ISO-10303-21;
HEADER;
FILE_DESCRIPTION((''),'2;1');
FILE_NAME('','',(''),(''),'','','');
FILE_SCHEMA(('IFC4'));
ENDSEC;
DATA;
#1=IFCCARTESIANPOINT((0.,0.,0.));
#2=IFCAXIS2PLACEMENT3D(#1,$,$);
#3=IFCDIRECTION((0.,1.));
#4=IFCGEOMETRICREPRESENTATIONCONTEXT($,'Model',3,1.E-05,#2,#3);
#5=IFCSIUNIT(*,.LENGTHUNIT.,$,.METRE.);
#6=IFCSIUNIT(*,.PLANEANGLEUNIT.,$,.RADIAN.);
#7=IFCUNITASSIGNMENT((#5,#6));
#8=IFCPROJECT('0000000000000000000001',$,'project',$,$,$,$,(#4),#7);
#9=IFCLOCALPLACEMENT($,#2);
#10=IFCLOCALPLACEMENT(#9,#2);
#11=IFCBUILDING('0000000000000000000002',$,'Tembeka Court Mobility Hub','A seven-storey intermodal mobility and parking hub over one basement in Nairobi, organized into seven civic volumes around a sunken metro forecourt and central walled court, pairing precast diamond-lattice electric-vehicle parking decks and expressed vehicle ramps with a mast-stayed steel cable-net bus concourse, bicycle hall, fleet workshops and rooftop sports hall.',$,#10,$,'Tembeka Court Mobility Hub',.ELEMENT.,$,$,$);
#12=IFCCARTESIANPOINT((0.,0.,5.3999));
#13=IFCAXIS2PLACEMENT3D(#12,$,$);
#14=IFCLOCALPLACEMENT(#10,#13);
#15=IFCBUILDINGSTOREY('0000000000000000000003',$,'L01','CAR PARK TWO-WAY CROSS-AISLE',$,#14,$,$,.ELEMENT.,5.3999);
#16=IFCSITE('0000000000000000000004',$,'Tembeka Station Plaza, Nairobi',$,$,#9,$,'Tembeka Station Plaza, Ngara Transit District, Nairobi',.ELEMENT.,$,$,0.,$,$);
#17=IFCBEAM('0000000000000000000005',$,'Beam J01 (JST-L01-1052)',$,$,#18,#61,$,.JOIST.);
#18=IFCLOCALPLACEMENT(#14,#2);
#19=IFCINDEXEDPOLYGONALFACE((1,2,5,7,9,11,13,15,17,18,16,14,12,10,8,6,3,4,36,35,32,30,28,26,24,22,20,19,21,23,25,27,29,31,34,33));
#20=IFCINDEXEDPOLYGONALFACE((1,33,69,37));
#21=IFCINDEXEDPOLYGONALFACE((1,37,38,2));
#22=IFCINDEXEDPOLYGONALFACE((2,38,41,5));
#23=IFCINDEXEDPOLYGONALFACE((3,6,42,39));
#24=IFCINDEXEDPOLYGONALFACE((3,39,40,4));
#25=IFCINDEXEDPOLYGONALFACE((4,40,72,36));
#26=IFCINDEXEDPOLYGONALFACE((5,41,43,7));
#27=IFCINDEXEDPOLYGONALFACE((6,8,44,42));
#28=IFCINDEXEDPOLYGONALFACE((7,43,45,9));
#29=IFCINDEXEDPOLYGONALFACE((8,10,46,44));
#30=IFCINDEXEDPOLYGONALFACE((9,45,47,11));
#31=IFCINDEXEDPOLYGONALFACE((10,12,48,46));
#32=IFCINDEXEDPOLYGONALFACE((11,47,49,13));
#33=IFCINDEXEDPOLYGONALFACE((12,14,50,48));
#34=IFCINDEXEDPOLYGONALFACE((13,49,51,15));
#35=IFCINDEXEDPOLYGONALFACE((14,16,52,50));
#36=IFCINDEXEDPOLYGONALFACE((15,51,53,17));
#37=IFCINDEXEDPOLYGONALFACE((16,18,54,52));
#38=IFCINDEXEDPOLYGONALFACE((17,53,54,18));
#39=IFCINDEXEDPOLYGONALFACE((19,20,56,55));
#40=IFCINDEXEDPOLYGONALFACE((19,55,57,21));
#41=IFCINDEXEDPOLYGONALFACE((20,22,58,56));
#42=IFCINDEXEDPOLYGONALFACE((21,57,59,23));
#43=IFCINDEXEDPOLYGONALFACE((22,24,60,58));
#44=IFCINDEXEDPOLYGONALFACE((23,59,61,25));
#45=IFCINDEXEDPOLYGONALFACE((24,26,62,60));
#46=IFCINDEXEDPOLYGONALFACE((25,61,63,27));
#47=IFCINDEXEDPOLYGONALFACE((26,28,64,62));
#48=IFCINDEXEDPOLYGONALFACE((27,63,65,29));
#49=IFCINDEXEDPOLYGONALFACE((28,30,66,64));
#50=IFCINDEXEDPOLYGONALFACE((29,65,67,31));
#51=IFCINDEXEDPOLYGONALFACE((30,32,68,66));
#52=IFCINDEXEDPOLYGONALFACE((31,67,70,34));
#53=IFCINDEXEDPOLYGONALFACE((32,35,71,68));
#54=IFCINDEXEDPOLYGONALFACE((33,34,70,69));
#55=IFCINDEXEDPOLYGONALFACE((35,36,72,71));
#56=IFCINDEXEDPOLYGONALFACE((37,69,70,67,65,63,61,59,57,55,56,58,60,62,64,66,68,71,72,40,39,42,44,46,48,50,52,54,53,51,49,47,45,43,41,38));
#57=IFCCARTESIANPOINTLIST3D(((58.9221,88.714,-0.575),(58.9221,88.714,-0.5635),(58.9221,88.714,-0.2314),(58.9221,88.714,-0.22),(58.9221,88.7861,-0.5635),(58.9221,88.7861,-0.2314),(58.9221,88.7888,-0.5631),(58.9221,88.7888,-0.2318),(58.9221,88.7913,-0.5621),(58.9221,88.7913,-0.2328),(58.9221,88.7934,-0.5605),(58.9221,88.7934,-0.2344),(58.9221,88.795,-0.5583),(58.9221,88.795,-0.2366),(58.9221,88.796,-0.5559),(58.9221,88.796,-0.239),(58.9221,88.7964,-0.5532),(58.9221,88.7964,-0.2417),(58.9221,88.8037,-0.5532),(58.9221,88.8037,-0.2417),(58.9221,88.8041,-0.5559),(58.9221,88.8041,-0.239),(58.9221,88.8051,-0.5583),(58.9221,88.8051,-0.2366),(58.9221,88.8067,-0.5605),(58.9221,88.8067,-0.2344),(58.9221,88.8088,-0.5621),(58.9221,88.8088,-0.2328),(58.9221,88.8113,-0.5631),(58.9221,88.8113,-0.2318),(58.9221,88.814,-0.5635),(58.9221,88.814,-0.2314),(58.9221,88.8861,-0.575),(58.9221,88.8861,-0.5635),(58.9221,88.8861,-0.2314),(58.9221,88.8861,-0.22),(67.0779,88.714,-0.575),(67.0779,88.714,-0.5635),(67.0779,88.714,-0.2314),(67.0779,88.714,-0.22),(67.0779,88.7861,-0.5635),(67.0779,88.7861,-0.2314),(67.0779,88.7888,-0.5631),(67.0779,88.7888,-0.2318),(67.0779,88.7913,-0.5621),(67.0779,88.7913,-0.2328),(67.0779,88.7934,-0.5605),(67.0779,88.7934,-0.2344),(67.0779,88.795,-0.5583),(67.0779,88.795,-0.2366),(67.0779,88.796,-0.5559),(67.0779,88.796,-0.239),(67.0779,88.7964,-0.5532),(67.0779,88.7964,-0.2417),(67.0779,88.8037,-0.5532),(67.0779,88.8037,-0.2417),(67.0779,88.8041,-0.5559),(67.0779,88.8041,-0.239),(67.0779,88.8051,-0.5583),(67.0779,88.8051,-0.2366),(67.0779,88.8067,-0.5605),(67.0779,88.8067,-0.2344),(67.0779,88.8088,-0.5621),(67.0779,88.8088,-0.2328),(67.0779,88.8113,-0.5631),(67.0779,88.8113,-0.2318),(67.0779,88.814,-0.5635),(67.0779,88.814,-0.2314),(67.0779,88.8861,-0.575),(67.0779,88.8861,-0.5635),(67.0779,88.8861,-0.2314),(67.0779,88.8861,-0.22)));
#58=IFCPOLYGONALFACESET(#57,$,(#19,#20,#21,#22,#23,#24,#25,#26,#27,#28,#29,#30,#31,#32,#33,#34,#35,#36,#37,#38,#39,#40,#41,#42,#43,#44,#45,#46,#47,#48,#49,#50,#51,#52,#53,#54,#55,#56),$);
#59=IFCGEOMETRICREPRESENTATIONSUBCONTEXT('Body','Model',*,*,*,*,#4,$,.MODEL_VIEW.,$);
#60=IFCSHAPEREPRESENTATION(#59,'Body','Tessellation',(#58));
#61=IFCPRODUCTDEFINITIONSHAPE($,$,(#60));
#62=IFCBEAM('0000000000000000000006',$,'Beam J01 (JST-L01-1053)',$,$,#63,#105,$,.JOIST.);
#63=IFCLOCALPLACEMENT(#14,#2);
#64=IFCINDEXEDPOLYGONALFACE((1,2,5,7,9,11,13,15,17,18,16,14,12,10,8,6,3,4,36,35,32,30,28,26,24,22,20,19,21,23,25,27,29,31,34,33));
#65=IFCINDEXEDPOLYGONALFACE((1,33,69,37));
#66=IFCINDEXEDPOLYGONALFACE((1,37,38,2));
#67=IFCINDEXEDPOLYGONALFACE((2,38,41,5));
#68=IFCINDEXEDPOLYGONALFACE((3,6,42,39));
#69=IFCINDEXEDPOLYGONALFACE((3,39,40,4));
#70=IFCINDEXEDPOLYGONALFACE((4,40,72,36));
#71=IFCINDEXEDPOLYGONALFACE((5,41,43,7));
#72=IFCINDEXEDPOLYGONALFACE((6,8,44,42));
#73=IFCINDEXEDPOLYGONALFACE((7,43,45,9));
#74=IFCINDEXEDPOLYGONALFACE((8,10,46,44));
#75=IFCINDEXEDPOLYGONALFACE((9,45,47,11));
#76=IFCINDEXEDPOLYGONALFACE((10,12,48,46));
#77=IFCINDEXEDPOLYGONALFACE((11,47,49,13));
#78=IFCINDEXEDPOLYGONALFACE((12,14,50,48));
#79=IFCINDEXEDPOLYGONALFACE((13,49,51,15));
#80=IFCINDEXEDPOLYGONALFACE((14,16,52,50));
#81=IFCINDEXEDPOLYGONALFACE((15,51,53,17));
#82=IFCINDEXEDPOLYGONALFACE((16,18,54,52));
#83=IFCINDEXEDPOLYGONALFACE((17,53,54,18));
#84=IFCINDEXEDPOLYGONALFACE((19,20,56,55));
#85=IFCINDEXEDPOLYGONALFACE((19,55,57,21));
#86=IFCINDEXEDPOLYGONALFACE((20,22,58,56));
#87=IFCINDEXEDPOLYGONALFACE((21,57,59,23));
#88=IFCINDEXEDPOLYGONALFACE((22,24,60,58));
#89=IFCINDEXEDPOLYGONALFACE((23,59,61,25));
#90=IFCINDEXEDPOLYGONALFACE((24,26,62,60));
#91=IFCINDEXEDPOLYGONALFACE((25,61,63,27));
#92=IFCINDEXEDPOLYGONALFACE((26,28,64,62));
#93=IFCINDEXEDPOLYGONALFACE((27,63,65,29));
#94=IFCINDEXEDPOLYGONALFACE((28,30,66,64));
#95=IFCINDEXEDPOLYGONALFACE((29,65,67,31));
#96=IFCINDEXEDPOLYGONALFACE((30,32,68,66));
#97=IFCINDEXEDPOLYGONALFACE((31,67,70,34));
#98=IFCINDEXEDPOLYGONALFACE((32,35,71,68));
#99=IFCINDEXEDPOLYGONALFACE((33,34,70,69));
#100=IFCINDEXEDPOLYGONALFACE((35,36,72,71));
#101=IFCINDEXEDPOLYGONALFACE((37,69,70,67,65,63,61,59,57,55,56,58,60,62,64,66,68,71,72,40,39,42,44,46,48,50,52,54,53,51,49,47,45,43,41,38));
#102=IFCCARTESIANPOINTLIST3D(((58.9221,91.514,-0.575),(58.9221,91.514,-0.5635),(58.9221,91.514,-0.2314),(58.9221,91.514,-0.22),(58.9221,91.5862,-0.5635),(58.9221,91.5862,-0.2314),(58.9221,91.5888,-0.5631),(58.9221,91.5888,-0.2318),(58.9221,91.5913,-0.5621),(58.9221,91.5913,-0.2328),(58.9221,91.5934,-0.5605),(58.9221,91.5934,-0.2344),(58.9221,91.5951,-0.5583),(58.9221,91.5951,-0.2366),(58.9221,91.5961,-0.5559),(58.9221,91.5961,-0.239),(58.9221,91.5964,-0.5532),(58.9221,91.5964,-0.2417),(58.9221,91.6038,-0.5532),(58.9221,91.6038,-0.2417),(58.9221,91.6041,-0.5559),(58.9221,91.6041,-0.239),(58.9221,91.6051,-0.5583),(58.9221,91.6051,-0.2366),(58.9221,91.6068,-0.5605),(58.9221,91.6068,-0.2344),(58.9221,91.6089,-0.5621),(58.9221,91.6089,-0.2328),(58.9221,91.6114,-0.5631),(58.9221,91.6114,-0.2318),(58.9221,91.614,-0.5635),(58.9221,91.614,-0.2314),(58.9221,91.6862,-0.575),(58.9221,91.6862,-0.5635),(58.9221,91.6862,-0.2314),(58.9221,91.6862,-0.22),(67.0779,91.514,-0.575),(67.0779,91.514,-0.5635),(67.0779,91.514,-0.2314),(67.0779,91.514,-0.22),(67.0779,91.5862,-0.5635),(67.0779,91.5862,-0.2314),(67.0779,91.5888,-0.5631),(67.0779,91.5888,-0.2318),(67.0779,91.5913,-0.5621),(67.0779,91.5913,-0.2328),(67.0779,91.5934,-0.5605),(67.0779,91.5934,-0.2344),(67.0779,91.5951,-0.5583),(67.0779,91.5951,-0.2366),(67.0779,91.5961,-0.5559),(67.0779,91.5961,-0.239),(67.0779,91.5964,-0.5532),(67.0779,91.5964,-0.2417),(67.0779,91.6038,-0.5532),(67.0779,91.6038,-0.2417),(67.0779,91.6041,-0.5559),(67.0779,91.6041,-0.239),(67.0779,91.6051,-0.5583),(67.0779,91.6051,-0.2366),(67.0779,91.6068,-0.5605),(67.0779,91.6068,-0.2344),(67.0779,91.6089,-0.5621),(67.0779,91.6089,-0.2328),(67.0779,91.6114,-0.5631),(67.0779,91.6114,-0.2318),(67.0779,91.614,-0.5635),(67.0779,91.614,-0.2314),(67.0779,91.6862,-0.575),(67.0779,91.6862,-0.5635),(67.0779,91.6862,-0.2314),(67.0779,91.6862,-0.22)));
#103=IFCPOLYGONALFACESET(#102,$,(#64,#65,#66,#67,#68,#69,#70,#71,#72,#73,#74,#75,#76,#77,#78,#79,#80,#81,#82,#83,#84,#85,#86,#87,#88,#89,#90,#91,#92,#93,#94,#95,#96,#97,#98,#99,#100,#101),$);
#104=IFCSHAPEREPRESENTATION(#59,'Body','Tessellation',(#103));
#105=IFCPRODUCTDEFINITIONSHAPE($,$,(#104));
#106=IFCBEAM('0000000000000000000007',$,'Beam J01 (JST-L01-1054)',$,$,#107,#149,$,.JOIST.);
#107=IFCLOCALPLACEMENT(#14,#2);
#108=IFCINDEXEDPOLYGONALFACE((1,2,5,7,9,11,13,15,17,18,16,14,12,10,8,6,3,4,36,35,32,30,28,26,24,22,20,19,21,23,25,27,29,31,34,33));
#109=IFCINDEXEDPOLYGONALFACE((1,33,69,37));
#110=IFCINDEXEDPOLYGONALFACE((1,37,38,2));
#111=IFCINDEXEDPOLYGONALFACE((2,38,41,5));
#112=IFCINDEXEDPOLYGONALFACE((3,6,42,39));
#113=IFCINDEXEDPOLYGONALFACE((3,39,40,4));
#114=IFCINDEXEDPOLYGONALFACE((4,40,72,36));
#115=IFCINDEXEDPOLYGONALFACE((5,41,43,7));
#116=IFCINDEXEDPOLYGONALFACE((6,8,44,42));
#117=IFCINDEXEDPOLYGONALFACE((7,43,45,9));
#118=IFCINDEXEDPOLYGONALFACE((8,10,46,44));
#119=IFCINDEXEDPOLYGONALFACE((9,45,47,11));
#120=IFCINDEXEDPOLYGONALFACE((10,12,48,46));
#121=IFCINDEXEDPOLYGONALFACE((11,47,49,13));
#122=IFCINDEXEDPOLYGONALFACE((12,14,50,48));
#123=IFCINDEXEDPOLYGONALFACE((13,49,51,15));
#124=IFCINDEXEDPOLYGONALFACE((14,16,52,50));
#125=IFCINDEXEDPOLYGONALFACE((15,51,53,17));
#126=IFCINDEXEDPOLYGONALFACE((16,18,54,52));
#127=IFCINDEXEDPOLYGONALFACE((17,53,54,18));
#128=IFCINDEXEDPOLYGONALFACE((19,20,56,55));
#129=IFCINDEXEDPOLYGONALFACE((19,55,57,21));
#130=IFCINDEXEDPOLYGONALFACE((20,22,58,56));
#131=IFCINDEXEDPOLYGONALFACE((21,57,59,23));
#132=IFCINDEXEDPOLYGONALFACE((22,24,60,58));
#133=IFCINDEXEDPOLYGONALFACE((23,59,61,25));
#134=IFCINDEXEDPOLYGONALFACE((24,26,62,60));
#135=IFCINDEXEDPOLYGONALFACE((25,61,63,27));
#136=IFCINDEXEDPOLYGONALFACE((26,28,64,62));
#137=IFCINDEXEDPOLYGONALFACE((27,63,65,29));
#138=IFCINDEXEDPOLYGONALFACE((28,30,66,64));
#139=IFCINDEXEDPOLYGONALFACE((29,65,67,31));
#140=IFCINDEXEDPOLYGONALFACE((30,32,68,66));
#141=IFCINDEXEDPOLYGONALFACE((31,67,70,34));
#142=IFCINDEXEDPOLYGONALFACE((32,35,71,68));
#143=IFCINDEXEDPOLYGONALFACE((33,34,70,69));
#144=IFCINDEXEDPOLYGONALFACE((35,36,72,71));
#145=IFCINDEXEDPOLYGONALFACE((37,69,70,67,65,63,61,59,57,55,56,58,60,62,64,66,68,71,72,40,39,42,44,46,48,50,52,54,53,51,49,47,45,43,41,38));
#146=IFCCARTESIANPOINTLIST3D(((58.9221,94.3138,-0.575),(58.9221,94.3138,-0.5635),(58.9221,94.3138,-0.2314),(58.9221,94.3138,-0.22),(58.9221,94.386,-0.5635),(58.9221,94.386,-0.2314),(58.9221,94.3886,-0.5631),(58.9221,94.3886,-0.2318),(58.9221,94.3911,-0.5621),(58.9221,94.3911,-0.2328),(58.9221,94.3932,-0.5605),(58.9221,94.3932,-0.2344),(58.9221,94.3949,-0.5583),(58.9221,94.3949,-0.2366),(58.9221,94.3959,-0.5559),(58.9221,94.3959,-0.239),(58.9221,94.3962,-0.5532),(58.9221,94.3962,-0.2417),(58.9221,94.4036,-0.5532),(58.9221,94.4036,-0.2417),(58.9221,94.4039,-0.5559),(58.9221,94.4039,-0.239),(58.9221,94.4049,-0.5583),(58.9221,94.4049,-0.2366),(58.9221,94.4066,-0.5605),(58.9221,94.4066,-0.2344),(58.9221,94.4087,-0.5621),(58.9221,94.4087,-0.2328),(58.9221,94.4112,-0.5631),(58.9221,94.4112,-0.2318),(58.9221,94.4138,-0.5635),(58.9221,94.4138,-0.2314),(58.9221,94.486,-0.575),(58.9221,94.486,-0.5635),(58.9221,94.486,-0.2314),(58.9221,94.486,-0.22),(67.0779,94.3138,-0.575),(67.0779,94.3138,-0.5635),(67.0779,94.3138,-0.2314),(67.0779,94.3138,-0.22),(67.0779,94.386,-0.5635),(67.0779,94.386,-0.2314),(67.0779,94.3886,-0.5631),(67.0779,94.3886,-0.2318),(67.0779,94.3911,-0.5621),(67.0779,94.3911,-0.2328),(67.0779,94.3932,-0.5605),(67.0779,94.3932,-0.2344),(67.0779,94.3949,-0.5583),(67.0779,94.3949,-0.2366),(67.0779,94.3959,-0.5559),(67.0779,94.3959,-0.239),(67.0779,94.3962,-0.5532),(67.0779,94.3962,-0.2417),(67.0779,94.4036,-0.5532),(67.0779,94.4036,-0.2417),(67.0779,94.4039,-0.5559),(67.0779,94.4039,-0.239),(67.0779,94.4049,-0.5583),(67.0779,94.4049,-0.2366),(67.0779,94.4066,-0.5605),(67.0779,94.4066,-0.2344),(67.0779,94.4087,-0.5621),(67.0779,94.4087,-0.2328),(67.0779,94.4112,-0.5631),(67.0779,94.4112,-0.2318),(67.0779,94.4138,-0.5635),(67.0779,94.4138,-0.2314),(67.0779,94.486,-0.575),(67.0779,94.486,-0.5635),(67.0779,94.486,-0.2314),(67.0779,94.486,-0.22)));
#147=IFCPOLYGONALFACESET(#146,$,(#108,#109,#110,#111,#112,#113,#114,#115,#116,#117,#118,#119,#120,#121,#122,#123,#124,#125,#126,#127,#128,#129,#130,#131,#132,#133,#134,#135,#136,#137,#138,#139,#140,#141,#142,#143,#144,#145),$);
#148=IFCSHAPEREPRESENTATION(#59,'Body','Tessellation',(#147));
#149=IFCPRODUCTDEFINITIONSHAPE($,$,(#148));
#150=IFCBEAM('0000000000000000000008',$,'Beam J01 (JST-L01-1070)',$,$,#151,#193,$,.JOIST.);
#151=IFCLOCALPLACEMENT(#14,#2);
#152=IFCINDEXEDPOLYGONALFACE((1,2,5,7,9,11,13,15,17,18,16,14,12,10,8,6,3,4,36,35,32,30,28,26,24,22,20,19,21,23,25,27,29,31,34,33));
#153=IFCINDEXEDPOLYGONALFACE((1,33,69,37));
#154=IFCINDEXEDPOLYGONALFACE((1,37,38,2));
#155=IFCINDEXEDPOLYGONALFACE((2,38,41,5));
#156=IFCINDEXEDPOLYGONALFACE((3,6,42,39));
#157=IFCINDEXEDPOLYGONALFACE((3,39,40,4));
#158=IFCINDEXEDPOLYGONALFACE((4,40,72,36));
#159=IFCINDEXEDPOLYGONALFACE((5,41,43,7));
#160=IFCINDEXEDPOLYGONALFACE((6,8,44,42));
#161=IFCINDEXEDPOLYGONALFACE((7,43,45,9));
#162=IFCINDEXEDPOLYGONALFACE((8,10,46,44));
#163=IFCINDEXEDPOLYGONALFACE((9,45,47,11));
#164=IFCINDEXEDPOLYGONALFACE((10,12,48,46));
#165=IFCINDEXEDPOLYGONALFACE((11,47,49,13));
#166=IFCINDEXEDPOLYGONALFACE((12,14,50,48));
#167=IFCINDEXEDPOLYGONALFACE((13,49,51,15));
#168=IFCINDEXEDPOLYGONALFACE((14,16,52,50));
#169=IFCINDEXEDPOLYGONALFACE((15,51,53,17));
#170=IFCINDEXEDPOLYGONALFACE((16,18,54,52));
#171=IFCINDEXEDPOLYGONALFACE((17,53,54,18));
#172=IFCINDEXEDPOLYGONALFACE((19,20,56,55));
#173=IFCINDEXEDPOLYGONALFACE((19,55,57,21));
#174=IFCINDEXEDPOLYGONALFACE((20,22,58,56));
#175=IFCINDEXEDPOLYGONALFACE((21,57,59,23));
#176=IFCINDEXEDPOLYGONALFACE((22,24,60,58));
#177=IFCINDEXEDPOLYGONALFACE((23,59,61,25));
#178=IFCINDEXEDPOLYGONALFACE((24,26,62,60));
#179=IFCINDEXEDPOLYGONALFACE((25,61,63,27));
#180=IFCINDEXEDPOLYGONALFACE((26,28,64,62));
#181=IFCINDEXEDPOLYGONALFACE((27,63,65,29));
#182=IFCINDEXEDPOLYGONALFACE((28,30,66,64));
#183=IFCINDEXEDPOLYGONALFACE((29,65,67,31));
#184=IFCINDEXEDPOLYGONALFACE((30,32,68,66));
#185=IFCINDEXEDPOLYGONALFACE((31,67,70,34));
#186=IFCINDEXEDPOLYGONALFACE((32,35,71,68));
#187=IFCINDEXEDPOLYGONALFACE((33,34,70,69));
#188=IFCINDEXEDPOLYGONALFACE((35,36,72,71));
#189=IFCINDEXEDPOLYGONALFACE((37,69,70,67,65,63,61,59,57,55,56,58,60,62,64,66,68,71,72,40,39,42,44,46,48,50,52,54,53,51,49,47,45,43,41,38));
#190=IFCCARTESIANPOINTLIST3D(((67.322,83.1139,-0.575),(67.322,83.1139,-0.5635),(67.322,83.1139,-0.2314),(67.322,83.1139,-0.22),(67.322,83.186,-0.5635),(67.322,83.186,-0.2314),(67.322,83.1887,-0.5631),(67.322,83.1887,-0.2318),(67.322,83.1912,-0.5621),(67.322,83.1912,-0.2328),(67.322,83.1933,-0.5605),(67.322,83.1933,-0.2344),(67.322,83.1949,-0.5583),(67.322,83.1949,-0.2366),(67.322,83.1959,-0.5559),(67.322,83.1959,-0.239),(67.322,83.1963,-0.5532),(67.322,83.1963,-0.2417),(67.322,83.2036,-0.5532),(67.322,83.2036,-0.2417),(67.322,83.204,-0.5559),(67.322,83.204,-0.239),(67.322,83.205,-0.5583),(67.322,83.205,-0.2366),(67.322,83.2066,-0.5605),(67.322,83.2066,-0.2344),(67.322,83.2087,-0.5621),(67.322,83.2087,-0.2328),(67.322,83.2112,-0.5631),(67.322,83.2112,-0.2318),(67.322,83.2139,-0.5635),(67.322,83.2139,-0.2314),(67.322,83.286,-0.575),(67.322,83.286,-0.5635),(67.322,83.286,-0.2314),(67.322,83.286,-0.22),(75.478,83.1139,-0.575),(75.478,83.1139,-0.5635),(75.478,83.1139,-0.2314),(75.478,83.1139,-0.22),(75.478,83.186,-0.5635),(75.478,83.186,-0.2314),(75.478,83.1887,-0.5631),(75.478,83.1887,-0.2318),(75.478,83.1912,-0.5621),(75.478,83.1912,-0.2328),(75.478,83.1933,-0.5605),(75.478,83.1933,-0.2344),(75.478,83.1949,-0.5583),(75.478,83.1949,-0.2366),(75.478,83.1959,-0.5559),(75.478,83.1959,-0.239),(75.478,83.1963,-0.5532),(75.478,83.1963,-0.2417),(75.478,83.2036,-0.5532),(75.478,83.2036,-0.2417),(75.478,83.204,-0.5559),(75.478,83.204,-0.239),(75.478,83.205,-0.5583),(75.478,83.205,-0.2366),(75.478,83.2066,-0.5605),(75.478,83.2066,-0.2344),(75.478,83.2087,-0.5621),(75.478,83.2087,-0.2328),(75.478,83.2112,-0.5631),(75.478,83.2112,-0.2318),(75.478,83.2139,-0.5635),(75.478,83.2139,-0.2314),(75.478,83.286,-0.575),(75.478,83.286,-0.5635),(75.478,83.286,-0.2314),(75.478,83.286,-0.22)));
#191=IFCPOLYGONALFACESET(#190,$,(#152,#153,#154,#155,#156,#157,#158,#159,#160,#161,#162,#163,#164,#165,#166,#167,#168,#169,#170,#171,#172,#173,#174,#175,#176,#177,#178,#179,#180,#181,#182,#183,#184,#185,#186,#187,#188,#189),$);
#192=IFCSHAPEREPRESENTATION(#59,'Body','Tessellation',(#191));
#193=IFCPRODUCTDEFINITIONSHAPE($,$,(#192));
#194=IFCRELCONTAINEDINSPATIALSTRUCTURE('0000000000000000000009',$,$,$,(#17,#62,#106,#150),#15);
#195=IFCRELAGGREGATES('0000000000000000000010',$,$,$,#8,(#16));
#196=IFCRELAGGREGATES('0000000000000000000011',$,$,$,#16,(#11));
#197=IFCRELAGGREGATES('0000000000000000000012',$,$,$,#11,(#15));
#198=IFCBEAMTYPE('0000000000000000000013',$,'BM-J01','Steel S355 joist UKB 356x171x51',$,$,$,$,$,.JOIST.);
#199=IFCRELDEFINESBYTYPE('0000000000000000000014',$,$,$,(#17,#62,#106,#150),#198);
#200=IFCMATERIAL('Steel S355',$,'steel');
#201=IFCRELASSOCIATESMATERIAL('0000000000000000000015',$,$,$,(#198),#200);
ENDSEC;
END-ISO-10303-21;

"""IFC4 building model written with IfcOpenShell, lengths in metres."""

from ifc_helpers import new_model, si_unit, direction, frame, origin, origin_2d, place, context, subcontext, project, spatial, i_section, extrude, material, material_profile, profile_set, type_object, element, save


model = new_model("IFC4")

# Units and contexts
model_context = context("Model", 3, precision=1e-05, world=origin(), true_north=direction((0.0, 1.0)))
body_context = subcontext(model_context, "Body", "Model", "MODEL_VIEW")
ifc_project = project(units=[si_unit("LENGTHUNIT", "METRE"), si_unit("PLANEANGLEUNIT", "RADIAN")], contexts=[model_context])

# Site, building, storey
site_placement = place(None, origin())
site = spatial("IfcSite", under=ifc_project, at=site_placement, Name="Tembeka Station Plaza, Nairobi", LongName="Tembeka Station Plaza, Ngara Transit District, Nairobi", CompositionType="ELEMENT", RefElevation=0.0)
building_placement = place(site_placement, origin())
building = spatial("IfcBuilding", under=site, at=building_placement, Name="Tembeka Court Mobility Hub", Description="A seven-storey intermodal mobility and parking hub over one basement in Nairobi, organized into seven civic volumes around a sunken metro forecourt and central walled court, pairing precast diamond-lattice electric-vehicle parking decks and expressed vehicle ramps with a mast-stayed steel cable-net bus concourse, bicycle hall, fleet workshops and rooftop sports hall.", LongName="Tembeka Court Mobility Hub", CompositionType="ELEMENT")
storey_placement = place(building_placement, frame((0.0, 0.0, 5.3999)))
storey = spatial("IfcBuildingStorey", under=building, at=storey_placement, Name="L01", Description="CAR PARK TWO-WAY CROSS-AISLE", CompositionType="ELEMENT", Elevation=5.3999)

# Shared definitions
ifc_material = material(Name="Steel S355", Category="steel")

# Beams
ifc_material_profile_1 = material_profile(ifc_material, i_section(OverallWidth=0.1721, OverallDepth=0.355, WebThickness=0.0073, FlangeThickness=0.0115, FilletRadius=0.0103, at=origin_2d()), Name="UKB 356x171x51")
ifc_profile_set_1 = profile_set([ifc_material_profile_1], Name="Steel S355")
beam_type_1 = type_object("IfcBeamType", Name="BM-J01", Description="Steel S355 joist UKB 356x171x51", PredefinedType="JOIST", material=ifc_profile_set_1)
for number, where, z_axis, x_axis, name in (
    (1, (58.9221, 88.8, -0.3975), (1.0, 0.0, 0.0), (0.0, 1.0, 0.0), "Beam J01 (JST-L01-1052)"),
    (2, (58.9221, 91.6001, -0.3975), (1.0, 0.0, 0.0), (0.0, 1.0, 0.0), "Beam J01 (JST-L01-1053)"),
    (3, (58.9221, 94.3999, -0.3975), (1.0, 0.0, 0.0), (0.0, 1.0, 0.0), "Beam J01 (JST-L01-1054)"),
):
    element("IfcBeam", number, at=place(storey_placement, frame(where, z_axis=z_axis, x_axis=x_axis)), inside=storey, type_object=beam_type_1, Name=name, PredefinedType="JOIST", context=body_context, shape_type="SweptSolid", body=[
        extrude(i_section(OverallWidth=0.1721, OverallDepth=0.355, WebThickness=0.0073, FlangeThickness=0.0115, FilletRadius=0.0103, at=origin_2d()), origin(), (0.0, 0.0, 1.0), 8.1558),
    ])
for number, where, z_axis, x_axis, name in (
    (4, (67.322, 83.2, -0.3975), (1.0, 0.0, 0.0), (0.0, 1.0, 0.0), "Beam J01 (JST-L01-1070)"),
):
    element("IfcBeam", number, at=place(storey_placement, frame(where, z_axis=z_axis, x_axis=x_axis)), inside=storey, type_object=beam_type_1, Name=name, PredefinedType="JOIST", context=body_context, shape_type="SweptSolid", body=[
        extrude(i_section(OverallWidth=0.1721, OverallDepth=0.355, WebThickness=0.0073, FlangeThickness=0.0115, FilletRadius=0.0103, at=origin_2d()), origin(), (0.0, 0.0, 1.0), 8.156),
    ])

save(model, "model.ifc")
